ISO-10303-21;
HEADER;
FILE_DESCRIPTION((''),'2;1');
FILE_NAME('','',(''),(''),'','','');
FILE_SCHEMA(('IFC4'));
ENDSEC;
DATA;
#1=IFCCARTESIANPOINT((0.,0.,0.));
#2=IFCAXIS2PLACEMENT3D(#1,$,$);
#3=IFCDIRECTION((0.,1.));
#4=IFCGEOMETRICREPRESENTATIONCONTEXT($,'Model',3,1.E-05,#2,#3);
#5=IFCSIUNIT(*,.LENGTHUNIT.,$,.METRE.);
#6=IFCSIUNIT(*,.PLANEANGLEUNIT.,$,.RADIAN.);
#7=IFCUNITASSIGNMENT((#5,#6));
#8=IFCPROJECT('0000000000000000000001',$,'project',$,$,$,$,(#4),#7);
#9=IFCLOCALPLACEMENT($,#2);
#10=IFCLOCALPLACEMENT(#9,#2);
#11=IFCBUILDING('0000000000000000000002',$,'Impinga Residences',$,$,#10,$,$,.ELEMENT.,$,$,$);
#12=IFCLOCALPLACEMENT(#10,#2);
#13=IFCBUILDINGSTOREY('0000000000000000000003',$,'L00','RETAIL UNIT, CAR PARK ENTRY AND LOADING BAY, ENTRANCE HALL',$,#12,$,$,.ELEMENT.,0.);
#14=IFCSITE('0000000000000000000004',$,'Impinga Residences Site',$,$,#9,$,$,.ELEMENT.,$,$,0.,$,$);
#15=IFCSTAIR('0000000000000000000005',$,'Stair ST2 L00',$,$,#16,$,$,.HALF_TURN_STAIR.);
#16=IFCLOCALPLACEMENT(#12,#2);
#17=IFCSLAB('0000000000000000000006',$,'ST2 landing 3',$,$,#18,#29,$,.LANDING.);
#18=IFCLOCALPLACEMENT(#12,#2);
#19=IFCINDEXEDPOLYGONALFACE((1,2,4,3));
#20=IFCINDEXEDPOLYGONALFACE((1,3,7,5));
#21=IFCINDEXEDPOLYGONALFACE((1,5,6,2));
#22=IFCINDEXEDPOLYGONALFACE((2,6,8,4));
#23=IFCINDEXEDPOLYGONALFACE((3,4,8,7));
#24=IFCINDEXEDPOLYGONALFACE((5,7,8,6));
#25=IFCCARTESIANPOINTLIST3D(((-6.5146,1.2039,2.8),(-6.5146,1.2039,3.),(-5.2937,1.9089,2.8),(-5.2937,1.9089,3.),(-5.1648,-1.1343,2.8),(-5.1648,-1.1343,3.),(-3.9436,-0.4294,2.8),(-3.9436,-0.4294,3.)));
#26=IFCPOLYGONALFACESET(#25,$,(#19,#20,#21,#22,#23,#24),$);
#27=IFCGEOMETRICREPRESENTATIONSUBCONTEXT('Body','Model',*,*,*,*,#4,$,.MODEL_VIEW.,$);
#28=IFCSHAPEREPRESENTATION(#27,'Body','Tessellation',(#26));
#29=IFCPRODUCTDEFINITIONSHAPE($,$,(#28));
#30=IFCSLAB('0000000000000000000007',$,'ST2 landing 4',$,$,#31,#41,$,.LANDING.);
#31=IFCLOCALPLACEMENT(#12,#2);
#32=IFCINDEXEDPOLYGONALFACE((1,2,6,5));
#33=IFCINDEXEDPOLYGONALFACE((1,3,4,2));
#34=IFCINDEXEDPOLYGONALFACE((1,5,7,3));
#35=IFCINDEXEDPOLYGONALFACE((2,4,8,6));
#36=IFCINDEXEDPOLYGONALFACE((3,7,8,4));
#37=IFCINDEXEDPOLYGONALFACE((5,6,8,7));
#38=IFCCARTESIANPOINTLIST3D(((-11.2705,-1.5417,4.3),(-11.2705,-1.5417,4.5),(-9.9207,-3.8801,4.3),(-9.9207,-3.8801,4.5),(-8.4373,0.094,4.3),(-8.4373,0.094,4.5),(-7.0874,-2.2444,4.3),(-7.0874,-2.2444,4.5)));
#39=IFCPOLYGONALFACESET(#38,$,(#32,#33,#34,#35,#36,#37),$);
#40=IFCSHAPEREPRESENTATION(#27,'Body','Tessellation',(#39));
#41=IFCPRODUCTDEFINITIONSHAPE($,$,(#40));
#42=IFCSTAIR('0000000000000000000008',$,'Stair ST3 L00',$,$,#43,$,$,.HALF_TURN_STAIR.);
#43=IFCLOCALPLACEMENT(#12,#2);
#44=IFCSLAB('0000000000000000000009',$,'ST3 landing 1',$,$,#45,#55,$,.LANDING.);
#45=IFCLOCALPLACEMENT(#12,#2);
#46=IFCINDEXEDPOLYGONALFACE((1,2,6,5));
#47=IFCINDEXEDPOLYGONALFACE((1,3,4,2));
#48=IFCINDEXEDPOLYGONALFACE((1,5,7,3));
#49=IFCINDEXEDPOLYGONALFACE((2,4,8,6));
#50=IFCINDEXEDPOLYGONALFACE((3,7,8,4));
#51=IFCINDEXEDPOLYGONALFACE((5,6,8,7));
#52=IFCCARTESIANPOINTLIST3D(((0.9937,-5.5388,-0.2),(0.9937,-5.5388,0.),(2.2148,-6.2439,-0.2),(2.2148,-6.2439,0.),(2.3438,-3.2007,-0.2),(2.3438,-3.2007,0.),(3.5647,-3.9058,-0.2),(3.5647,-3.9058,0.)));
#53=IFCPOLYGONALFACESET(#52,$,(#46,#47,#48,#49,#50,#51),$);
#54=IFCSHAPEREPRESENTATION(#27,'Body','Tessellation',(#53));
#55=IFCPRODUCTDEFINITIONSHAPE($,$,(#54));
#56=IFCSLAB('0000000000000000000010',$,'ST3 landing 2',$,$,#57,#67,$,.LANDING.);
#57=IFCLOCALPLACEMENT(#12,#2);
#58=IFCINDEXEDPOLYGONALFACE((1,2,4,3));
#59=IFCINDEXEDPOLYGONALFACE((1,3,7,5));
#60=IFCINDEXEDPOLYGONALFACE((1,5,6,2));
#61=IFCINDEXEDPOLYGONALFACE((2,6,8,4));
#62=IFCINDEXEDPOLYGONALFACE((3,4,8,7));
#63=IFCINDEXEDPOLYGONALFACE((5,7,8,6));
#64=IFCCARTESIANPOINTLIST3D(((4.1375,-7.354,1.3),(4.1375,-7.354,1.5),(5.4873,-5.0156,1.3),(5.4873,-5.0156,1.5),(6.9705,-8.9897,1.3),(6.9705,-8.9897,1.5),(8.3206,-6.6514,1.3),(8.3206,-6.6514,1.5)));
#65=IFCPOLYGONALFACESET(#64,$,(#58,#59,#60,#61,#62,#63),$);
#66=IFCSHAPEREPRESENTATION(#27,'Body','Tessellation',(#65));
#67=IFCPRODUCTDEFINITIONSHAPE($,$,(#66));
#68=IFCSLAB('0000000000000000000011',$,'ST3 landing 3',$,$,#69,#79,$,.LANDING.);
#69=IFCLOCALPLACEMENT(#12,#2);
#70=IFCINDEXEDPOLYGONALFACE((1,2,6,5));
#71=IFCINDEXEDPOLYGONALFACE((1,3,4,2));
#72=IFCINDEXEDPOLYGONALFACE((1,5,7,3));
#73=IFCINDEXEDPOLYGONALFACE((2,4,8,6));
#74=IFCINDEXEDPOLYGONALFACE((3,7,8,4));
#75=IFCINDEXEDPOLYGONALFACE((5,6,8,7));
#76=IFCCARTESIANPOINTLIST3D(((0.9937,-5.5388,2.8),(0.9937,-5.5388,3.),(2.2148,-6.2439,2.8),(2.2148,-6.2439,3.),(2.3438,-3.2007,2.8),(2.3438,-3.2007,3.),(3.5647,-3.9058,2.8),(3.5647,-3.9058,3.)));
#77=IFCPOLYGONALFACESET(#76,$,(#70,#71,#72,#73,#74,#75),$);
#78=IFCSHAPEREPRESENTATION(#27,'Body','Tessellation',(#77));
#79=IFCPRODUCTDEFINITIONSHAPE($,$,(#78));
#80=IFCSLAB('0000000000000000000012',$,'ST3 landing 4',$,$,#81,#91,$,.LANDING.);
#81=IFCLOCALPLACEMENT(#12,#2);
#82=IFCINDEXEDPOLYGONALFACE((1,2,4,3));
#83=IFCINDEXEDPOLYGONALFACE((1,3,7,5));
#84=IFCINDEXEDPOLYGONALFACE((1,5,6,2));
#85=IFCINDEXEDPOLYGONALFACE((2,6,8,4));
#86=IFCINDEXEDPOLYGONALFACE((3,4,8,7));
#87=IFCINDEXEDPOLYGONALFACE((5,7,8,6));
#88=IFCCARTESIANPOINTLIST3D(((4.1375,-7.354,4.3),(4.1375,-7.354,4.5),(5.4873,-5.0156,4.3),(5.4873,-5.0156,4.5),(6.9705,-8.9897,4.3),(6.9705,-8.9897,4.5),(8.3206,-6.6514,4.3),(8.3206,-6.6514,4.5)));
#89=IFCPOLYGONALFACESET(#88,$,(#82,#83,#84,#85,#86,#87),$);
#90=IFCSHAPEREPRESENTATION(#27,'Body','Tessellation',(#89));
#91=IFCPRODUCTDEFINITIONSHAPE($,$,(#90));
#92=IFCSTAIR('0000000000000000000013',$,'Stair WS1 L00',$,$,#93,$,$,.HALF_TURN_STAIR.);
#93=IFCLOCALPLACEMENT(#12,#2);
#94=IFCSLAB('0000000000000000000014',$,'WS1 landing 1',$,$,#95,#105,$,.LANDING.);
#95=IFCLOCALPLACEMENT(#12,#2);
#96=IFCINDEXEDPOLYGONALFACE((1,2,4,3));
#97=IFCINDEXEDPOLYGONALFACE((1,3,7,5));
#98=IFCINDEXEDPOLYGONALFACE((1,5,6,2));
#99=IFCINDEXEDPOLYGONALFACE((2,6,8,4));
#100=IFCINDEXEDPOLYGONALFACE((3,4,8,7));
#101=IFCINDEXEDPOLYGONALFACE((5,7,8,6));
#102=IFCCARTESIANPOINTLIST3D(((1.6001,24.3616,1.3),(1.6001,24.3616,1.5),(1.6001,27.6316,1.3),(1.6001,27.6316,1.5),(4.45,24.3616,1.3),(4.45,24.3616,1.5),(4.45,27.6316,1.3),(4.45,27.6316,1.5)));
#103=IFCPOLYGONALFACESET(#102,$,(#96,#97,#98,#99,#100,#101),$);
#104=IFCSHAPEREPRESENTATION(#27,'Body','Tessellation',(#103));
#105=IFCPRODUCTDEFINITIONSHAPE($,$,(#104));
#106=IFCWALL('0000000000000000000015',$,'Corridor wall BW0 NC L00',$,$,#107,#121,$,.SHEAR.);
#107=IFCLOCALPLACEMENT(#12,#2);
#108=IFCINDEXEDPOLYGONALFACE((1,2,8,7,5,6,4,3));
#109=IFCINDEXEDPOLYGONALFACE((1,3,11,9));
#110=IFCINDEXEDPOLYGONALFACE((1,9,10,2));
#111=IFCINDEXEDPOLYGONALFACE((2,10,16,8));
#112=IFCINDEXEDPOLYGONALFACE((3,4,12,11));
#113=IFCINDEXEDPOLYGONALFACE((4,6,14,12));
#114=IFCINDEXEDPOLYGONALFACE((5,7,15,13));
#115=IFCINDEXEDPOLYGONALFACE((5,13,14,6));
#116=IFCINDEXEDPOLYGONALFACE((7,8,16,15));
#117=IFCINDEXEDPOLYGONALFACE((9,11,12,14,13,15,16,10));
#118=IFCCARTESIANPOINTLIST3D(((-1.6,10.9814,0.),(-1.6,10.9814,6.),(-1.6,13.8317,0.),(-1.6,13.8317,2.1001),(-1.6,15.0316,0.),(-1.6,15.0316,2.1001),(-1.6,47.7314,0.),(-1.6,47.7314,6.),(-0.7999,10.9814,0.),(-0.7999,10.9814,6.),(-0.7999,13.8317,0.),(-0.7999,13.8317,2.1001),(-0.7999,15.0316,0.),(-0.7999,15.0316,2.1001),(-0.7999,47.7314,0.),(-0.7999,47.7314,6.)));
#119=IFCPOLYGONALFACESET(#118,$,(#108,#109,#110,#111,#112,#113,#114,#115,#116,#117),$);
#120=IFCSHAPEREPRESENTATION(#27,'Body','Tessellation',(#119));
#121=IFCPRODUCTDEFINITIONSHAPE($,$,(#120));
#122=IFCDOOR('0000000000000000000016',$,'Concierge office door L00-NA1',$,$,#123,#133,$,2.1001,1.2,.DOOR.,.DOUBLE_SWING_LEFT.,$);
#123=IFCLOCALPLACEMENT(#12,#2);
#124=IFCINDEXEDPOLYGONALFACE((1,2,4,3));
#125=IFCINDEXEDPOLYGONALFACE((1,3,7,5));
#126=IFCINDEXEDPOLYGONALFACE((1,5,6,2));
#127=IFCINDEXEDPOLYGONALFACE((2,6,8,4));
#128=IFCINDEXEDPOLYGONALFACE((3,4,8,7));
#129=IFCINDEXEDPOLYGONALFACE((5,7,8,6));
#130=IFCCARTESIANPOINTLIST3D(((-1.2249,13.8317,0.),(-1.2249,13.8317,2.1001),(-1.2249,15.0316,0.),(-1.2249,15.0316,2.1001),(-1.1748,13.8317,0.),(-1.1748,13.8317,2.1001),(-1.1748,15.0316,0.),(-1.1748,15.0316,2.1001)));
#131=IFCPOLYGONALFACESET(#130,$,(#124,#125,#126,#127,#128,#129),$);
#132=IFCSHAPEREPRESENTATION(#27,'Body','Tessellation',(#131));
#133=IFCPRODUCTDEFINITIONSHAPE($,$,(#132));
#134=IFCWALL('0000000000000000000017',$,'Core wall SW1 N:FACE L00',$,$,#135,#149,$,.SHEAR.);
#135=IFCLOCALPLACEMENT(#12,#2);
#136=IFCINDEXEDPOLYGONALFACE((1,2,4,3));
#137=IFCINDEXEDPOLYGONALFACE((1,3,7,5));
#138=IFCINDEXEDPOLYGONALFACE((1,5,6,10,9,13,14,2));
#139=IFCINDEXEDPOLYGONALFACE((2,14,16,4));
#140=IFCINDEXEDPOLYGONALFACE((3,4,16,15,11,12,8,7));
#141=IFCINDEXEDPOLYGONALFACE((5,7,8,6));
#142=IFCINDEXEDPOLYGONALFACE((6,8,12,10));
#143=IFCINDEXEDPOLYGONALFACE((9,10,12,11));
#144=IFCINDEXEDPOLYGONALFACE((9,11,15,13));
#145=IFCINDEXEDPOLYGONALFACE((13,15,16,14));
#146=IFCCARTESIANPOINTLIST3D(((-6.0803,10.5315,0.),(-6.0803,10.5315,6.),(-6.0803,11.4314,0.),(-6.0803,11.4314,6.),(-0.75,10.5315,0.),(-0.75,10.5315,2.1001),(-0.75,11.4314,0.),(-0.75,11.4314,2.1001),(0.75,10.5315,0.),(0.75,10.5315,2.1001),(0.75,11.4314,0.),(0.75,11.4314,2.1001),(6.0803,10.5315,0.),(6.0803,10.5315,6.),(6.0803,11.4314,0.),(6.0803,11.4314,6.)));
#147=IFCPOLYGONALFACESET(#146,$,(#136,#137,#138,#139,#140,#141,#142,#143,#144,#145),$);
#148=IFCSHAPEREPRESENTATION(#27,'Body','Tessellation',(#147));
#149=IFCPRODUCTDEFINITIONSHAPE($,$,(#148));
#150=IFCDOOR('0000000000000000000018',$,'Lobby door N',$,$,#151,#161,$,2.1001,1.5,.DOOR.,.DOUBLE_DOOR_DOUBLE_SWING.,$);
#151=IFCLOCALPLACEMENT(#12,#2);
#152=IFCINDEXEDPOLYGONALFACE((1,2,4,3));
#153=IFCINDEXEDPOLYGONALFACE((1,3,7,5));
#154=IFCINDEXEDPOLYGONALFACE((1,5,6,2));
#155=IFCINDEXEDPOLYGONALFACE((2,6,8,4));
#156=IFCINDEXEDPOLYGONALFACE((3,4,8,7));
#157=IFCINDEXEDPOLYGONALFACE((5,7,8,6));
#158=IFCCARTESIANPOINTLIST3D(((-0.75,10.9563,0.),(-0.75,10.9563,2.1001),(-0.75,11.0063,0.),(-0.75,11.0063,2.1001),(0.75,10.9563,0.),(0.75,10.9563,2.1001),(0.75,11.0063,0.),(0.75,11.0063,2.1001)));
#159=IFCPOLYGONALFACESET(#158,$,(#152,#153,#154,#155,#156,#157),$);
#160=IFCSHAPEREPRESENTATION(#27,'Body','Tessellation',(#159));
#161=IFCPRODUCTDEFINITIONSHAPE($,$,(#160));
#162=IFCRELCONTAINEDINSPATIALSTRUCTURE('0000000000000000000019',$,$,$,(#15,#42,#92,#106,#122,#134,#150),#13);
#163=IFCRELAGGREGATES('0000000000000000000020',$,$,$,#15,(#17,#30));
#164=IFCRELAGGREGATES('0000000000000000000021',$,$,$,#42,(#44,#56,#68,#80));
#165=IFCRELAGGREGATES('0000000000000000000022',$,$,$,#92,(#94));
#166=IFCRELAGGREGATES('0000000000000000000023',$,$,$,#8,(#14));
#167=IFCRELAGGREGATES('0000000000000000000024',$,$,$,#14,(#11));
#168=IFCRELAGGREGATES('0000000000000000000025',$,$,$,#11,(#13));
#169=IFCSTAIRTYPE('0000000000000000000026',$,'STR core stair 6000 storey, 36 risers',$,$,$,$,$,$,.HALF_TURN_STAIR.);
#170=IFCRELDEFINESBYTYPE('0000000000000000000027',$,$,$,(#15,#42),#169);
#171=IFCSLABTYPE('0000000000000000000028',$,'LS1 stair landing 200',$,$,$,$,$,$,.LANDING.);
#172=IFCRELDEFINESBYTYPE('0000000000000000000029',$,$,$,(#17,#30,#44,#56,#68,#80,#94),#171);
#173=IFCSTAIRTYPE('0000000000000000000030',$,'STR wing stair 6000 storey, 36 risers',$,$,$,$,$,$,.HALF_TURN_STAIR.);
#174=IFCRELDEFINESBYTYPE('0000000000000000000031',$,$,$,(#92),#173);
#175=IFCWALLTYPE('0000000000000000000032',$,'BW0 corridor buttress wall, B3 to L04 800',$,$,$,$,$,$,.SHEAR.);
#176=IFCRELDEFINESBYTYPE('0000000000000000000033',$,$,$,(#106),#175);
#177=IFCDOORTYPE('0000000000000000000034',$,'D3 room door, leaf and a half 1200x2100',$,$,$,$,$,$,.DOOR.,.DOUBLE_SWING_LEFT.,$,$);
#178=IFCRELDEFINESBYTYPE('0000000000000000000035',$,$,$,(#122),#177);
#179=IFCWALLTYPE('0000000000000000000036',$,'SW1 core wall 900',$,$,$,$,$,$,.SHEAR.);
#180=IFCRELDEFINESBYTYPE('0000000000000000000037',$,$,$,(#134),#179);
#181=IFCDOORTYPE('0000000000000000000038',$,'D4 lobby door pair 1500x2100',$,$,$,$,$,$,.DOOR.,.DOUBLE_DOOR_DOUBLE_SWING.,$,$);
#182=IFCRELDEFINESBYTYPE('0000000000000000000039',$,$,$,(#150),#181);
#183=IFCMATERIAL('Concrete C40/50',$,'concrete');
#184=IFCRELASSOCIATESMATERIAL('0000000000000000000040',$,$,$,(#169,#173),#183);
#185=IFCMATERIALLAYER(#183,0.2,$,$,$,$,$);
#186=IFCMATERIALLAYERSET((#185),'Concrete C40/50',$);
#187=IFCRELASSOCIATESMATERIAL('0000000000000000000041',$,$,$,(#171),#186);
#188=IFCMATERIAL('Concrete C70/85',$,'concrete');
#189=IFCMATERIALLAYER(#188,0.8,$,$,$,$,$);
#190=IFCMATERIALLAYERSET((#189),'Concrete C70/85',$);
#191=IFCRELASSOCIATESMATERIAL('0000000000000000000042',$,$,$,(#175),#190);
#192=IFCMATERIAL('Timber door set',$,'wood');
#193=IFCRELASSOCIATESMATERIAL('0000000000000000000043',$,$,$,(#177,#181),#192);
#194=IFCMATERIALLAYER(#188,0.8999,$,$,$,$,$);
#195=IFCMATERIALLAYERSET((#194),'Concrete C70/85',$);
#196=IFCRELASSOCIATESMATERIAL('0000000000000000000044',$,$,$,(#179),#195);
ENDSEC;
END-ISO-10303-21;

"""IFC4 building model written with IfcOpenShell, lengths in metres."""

from ifc_helpers import new_model, si_unit, direction, frame, frame_2d, origin, place, context, subcontext, project, spatial, polyline, rectangle, outline, extrude, material, layer, layer_set, type_object, element, fill, aggregate, save


model = new_model("IFC4")

# Units and contexts
model_context = context("Model", 3, precision=1e-05, world=origin(), true_north=direction((0.0, 1.0)))
body_context = subcontext(model_context, "Body", "Model", "MODEL_VIEW")
ifc_project = project(units=[si_unit("LENGTHUNIT", "METRE"), si_unit("PLANEANGLEUNIT", "RADIAN")], contexts=[model_context])

# Site, building, storey
site_placement = place(None, origin())
site = spatial("IfcSite", under=ifc_project, at=site_placement, Name="Impinga Residences Site", CompositionType="ELEMENT", RefElevation=0.0)
building_placement = place(site_placement, origin())
building = spatial("IfcBuilding", under=site, at=building_placement, Name="Impinga Residences", CompositionType="ELEMENT")
storey_placement = place(building_placement, origin())
storey = spatial("IfcBuildingStorey", under=building, at=storey_placement, Name="L00", Description="RETAIL UNIT, CAR PARK ENTRY AND LOADING BAY, ENTRANCE HALL", CompositionType="ELEMENT", Elevation=0.0)

# Stairs, slabs
ifc_material_1 = material(Name="Concrete C40/50", Category="concrete")
stair_type_1 = type_object("IfcStairType", Name="STR core stair 6000 storey, 36 risers", PredefinedType="HALF_TURN_STAIR", material=ifc_material_1)
stair_1_placement = place(storey_placement, origin())
stair_1 = element("IfcStair", 1, at=stair_1_placement, inside=storey, type_object=stair_type_1, Name="Stair ST2 L00", PredefinedType="HALF_TURN_STAIR")
ifc_layer_1 = layer(ifc_material_1, 0.2)
ifc_layer_set_1 = layer_set([ifc_layer_1], Name="Concrete C40/50")
slab_type = type_object("IfcSlabType", Name="LS1 stair landing 200", PredefinedType="LANDING", material=ifc_layer_set_1)
slab_1_placement = place(storey_placement, frame((0.0, 0.0, 2.8)))
slab_1 = element("IfcSlab", 2, at=slab_1_placement, type_object=slab_type, Name="ST2 landing 3", PredefinedType="LANDING", context=body_context, shape_type="SweptSolid", body=[
    extrude(outline(polyline([(-3.9436, -0.4294), (-5.2937, 1.9089), (-6.5146, 1.2039), (-5.1648, -1.1343), (-3.9436, -0.4294)])), origin(), (0.0, 0.0, 1.0), 0.2),
])
slab_2_placement = place(storey_placement, frame((0.0, 0.0, 4.3)))
slab_2 = element("IfcSlab", 3, at=slab_2_placement, type_object=slab_type, Name="ST2 landing 4", PredefinedType="LANDING", context=body_context, shape_type="SweptSolid", body=[
    extrude(outline(polyline([(-7.0874, -2.2444), (-8.4373, 0.094), (-11.2705, -1.5417), (-9.9207, -3.8801), (-7.0874, -2.2444)])), origin(), (0.0, 0.0, 1.0), 0.2),
])
aggregate(stair_1, [slab_1, slab_2])
stair_2_placement = place(storey_placement, origin())
stair_2 = element("IfcStair", 4, at=stair_2_placement, inside=storey, type_object=stair_type_1, Name="Stair ST3 L00", PredefinedType="HALF_TURN_STAIR")
slab_3_placement = place(storey_placement, frame((0.0, 0.0, -0.2)))
slab_3 = element("IfcSlab", 5, at=slab_3_placement, type_object=slab_type, Name="ST3 landing 1", PredefinedType="LANDING", context=body_context, shape_type="SweptSolid", body=[
    extrude(outline(polyline([(2.3438, -3.2007), (0.9937, -5.5388), (2.2148, -6.2439), (3.5647, -3.9058), (2.3438, -3.2007)])), origin(), (0.0, 0.0, 1.0), 0.2),
])
slab_4_placement = place(storey_placement, frame((0.0, 0.0, 1.3)))
slab_4 = element("IfcSlab", 6, at=slab_4_placement, type_object=slab_type, Name="ST3 landing 2", PredefinedType="LANDING", context=body_context, shape_type="SweptSolid", body=[
    extrude(outline(polyline([(5.4873, -5.0156), (4.1375, -7.354), (6.9705, -8.9897), (8.3206, -6.6514), (5.4873, -5.0156)])), origin(), (0.0, 0.0, 1.0), 0.2),
])
slab_5_placement = place(storey_placement, frame((0.0, 0.0, 2.8)))
slab_5 = element("IfcSlab", 7, at=slab_5_placement, type_object=slab_type, Name="ST3 landing 3", PredefinedType="LANDING", context=body_context, shape_type="SweptSolid", body=[
    extrude(outline(polyline([(2.3438, -3.2007), (0.9937, -5.5388), (2.2148, -6.2439), (3.5647, -3.9058), (2.3438, -3.2007)])), origin(), (0.0, 0.0, 1.0), 0.2),
])
slab_6_placement = place(storey_placement, frame((0.0, 0.0, 4.3)))
slab_6 = element("IfcSlab", 8, at=slab_6_placement, type_object=slab_type, Name="ST3 landing 4", PredefinedType="LANDING", context=body_context, shape_type="SweptSolid", body=[
    extrude(outline(polyline([(5.4873, -5.0156), (4.1375, -7.354), (6.9705, -8.9897), (8.3206, -6.6514), (5.4873, -5.0156)])), origin(), (0.0, 0.0, 1.0), 0.2),
])
aggregate(stair_2, [slab_3, slab_4, slab_5, slab_6])

# Stair, slab
stair_type_2 = type_object("IfcStairType", Name="STR wing stair 6000 storey, 36 risers", PredefinedType="HALF_TURN_STAIR", material=ifc_material_1)
stair_3_placement = place(storey_placement, origin())
stair_3 = element("IfcStair", 9, at=stair_3_placement, inside=storey, type_object=stair_type_2, Name="Stair WS1 L00", PredefinedType="HALF_TURN_STAIR")
slab_7_placement = place(storey_placement, frame((0.0, 0.0, 1.3)))
slab_7 = element("IfcSlab", 10, at=slab_7_placement, type_object=slab_type, Name="WS1 landing 1", PredefinedType="LANDING", context=body_context, shape_type="SweptSolid", body=[
    extrude(outline(polyline([(1.6001, 24.3616), (4.45, 24.3616), (4.45, 27.6316), (1.6001, 27.6316), (1.6001, 24.3616)])), origin(), (0.0, 0.0, 1.0), 0.2),
])
aggregate(stair_3, [slab_7])

# Walls, openings, doors
ifc_material_2 = material(Name="Concrete C70/85", Category="concrete")
ifc_layer_2 = layer(ifc_material_2, 0.8)
ifc_layer_set_2 = layer_set([ifc_layer_2], Name="Concrete C70/85")
wall_type_1 = type_object("IfcWallType", Name="BW0 corridor buttress wall, B3 to L04 800", PredefinedType="SHEAR", material=ifc_layer_set_2)
wall_1_placement = place(storey_placement, frame((-1.2, 10.9814, 0.0), z_axis=(0.0, 0.0, 1.0), x_axis=(0.0, 1.0, 0.0)))
wall_1 = element("IfcWall", 11, at=wall_1_placement, inside=storey, type_object=wall_type_1, Name="Corridor wall BW0 NC L00", PredefinedType="SHEAR", context=body_context, shape_type="SweptSolid", body=[
    extrude(rectangle(XDim=36.75, YDim=0.8, at=frame_2d((18.375, 0.0))), origin(), (0.0, 0.0, 1.0), 6.0),
])
opening_1_placement = place(wall_1_placement, frame((2.8501, 0.0, 0.0)))
opening_1 = element("IfcOpeningElement", 12, at=opening_1_placement, cuts=wall_1, PredefinedType="OPENING", context=body_context, shape_type="SweptSolid", body=[
    extrude(rectangle(XDim=1.2, YDim=2.1001, at=frame_2d((0.6001, 1.05))), frame((0.0, 0.4099, 0.0), z_axis=(0.0, -1.0, 0.0), x_axis=(1.0, 0.0, 0.0)), (0.0, 0.0, 1.0), 0.8201),
])
ifc_material_3 = material(Name="Timber door set", Category="wood")
door_type_1 = type_object("IfcDoorType", Name="D3 room door, leaf and a half 1200x2100", OperationType="DOUBLE_SWING_LEFT", PredefinedType="DOOR", material=ifc_material_3)
door_1_placement = place(opening_1_placement, origin())
door_1 = element("IfcDoor", 13, at=door_1_placement, inside=storey, type_object=door_type_1, Name="Concierge office door L00-NA1", OperationType="DOUBLE_SWING_LEFT", OverallHeight=2.1001, OverallWidth=1.2, PredefinedType="DOOR", context=body_context, shape_type="SweptSolid", body=[
    extrude(rectangle(XDim=1.2, YDim=2.1001, at=frame_2d((0.6001, 1.05))), frame((0.0, 0.0249, 0.0), z_axis=(0.0, -1.0, 0.0), x_axis=(1.0, 0.0, 0.0)), (0.0, 0.0, 1.0), 0.05),
])
fill(opening_1, door_1)
ifc_layer_3 = layer(ifc_material_2, 0.8999)
ifc_layer_set_3 = layer_set([ifc_layer_3], Name="Concrete C70/85")
wall_type_2 = type_object("IfcWallType", Name="SW1 core wall 900", PredefinedType="SHEAR", material=ifc_layer_set_3)
wall_2_placement = place(storey_placement, frame((-6.0803, 10.9814, 0.0), z_axis=(0.0, 0.0, 1.0), x_axis=(1.0, 0.0, 0.0)))
wall_2 = element("IfcWall", 14, at=wall_2_placement, inside=storey, type_object=wall_type_2, Name="Core wall SW1 N:FACE L00", PredefinedType="SHEAR", context=body_context, shape_type="SweptSolid", body=[
    extrude(rectangle(XDim=12.1606, YDim=0.8999, at=frame_2d((6.0803, 0.0))), origin(), (0.0, 0.0, 1.0), 6.0),
])
opening_2_placement = place(wall_2_placement, frame((5.3303, 0.0, 0.0)))
opening_2 = element("IfcOpeningElement", 15, at=opening_2_placement, cuts=wall_2, PredefinedType="OPENING", context=body_context, shape_type="SweptSolid", body=[
    extrude(rectangle(XDim=1.5, YDim=2.1001, at=frame_2d((0.75, 1.05))), frame((0.0, 0.46, 0.0), z_axis=(0.0, -1.0, 0.0), x_axis=(1.0, 0.0, 0.0)), (0.0, 0.0, 1.0), 0.9199),
])
door_type_2 = type_object("IfcDoorType", Name="D4 lobby door pair 1500x2100", OperationType="DOUBLE_DOOR_DOUBLE_SWING", PredefinedType="DOOR", material=ifc_material_3)
door_2_placement = place(opening_2_placement, origin())
door_2 = element("IfcDoor", 16, at=door_2_placement, inside=storey, type_object=door_type_2, Name="Lobby door N", OperationType="DOUBLE_DOOR_DOUBLE_SWING", OverallHeight=2.1001, OverallWidth=1.5, PredefinedType="DOOR", context=body_context, shape_type="SweptSolid", body=[
    extrude(rectangle(XDim=1.5, YDim=2.1001, at=frame_2d((0.75, 1.05))), frame((0.0, 0.0249, 0.0), z_axis=(0.0, -1.0, 0.0), x_axis=(1.0, 0.0, 0.0)), (0.0, 0.0, 1.0), 0.05),
])
fill(opening_2, door_2)

save(model, "model.ifc")
